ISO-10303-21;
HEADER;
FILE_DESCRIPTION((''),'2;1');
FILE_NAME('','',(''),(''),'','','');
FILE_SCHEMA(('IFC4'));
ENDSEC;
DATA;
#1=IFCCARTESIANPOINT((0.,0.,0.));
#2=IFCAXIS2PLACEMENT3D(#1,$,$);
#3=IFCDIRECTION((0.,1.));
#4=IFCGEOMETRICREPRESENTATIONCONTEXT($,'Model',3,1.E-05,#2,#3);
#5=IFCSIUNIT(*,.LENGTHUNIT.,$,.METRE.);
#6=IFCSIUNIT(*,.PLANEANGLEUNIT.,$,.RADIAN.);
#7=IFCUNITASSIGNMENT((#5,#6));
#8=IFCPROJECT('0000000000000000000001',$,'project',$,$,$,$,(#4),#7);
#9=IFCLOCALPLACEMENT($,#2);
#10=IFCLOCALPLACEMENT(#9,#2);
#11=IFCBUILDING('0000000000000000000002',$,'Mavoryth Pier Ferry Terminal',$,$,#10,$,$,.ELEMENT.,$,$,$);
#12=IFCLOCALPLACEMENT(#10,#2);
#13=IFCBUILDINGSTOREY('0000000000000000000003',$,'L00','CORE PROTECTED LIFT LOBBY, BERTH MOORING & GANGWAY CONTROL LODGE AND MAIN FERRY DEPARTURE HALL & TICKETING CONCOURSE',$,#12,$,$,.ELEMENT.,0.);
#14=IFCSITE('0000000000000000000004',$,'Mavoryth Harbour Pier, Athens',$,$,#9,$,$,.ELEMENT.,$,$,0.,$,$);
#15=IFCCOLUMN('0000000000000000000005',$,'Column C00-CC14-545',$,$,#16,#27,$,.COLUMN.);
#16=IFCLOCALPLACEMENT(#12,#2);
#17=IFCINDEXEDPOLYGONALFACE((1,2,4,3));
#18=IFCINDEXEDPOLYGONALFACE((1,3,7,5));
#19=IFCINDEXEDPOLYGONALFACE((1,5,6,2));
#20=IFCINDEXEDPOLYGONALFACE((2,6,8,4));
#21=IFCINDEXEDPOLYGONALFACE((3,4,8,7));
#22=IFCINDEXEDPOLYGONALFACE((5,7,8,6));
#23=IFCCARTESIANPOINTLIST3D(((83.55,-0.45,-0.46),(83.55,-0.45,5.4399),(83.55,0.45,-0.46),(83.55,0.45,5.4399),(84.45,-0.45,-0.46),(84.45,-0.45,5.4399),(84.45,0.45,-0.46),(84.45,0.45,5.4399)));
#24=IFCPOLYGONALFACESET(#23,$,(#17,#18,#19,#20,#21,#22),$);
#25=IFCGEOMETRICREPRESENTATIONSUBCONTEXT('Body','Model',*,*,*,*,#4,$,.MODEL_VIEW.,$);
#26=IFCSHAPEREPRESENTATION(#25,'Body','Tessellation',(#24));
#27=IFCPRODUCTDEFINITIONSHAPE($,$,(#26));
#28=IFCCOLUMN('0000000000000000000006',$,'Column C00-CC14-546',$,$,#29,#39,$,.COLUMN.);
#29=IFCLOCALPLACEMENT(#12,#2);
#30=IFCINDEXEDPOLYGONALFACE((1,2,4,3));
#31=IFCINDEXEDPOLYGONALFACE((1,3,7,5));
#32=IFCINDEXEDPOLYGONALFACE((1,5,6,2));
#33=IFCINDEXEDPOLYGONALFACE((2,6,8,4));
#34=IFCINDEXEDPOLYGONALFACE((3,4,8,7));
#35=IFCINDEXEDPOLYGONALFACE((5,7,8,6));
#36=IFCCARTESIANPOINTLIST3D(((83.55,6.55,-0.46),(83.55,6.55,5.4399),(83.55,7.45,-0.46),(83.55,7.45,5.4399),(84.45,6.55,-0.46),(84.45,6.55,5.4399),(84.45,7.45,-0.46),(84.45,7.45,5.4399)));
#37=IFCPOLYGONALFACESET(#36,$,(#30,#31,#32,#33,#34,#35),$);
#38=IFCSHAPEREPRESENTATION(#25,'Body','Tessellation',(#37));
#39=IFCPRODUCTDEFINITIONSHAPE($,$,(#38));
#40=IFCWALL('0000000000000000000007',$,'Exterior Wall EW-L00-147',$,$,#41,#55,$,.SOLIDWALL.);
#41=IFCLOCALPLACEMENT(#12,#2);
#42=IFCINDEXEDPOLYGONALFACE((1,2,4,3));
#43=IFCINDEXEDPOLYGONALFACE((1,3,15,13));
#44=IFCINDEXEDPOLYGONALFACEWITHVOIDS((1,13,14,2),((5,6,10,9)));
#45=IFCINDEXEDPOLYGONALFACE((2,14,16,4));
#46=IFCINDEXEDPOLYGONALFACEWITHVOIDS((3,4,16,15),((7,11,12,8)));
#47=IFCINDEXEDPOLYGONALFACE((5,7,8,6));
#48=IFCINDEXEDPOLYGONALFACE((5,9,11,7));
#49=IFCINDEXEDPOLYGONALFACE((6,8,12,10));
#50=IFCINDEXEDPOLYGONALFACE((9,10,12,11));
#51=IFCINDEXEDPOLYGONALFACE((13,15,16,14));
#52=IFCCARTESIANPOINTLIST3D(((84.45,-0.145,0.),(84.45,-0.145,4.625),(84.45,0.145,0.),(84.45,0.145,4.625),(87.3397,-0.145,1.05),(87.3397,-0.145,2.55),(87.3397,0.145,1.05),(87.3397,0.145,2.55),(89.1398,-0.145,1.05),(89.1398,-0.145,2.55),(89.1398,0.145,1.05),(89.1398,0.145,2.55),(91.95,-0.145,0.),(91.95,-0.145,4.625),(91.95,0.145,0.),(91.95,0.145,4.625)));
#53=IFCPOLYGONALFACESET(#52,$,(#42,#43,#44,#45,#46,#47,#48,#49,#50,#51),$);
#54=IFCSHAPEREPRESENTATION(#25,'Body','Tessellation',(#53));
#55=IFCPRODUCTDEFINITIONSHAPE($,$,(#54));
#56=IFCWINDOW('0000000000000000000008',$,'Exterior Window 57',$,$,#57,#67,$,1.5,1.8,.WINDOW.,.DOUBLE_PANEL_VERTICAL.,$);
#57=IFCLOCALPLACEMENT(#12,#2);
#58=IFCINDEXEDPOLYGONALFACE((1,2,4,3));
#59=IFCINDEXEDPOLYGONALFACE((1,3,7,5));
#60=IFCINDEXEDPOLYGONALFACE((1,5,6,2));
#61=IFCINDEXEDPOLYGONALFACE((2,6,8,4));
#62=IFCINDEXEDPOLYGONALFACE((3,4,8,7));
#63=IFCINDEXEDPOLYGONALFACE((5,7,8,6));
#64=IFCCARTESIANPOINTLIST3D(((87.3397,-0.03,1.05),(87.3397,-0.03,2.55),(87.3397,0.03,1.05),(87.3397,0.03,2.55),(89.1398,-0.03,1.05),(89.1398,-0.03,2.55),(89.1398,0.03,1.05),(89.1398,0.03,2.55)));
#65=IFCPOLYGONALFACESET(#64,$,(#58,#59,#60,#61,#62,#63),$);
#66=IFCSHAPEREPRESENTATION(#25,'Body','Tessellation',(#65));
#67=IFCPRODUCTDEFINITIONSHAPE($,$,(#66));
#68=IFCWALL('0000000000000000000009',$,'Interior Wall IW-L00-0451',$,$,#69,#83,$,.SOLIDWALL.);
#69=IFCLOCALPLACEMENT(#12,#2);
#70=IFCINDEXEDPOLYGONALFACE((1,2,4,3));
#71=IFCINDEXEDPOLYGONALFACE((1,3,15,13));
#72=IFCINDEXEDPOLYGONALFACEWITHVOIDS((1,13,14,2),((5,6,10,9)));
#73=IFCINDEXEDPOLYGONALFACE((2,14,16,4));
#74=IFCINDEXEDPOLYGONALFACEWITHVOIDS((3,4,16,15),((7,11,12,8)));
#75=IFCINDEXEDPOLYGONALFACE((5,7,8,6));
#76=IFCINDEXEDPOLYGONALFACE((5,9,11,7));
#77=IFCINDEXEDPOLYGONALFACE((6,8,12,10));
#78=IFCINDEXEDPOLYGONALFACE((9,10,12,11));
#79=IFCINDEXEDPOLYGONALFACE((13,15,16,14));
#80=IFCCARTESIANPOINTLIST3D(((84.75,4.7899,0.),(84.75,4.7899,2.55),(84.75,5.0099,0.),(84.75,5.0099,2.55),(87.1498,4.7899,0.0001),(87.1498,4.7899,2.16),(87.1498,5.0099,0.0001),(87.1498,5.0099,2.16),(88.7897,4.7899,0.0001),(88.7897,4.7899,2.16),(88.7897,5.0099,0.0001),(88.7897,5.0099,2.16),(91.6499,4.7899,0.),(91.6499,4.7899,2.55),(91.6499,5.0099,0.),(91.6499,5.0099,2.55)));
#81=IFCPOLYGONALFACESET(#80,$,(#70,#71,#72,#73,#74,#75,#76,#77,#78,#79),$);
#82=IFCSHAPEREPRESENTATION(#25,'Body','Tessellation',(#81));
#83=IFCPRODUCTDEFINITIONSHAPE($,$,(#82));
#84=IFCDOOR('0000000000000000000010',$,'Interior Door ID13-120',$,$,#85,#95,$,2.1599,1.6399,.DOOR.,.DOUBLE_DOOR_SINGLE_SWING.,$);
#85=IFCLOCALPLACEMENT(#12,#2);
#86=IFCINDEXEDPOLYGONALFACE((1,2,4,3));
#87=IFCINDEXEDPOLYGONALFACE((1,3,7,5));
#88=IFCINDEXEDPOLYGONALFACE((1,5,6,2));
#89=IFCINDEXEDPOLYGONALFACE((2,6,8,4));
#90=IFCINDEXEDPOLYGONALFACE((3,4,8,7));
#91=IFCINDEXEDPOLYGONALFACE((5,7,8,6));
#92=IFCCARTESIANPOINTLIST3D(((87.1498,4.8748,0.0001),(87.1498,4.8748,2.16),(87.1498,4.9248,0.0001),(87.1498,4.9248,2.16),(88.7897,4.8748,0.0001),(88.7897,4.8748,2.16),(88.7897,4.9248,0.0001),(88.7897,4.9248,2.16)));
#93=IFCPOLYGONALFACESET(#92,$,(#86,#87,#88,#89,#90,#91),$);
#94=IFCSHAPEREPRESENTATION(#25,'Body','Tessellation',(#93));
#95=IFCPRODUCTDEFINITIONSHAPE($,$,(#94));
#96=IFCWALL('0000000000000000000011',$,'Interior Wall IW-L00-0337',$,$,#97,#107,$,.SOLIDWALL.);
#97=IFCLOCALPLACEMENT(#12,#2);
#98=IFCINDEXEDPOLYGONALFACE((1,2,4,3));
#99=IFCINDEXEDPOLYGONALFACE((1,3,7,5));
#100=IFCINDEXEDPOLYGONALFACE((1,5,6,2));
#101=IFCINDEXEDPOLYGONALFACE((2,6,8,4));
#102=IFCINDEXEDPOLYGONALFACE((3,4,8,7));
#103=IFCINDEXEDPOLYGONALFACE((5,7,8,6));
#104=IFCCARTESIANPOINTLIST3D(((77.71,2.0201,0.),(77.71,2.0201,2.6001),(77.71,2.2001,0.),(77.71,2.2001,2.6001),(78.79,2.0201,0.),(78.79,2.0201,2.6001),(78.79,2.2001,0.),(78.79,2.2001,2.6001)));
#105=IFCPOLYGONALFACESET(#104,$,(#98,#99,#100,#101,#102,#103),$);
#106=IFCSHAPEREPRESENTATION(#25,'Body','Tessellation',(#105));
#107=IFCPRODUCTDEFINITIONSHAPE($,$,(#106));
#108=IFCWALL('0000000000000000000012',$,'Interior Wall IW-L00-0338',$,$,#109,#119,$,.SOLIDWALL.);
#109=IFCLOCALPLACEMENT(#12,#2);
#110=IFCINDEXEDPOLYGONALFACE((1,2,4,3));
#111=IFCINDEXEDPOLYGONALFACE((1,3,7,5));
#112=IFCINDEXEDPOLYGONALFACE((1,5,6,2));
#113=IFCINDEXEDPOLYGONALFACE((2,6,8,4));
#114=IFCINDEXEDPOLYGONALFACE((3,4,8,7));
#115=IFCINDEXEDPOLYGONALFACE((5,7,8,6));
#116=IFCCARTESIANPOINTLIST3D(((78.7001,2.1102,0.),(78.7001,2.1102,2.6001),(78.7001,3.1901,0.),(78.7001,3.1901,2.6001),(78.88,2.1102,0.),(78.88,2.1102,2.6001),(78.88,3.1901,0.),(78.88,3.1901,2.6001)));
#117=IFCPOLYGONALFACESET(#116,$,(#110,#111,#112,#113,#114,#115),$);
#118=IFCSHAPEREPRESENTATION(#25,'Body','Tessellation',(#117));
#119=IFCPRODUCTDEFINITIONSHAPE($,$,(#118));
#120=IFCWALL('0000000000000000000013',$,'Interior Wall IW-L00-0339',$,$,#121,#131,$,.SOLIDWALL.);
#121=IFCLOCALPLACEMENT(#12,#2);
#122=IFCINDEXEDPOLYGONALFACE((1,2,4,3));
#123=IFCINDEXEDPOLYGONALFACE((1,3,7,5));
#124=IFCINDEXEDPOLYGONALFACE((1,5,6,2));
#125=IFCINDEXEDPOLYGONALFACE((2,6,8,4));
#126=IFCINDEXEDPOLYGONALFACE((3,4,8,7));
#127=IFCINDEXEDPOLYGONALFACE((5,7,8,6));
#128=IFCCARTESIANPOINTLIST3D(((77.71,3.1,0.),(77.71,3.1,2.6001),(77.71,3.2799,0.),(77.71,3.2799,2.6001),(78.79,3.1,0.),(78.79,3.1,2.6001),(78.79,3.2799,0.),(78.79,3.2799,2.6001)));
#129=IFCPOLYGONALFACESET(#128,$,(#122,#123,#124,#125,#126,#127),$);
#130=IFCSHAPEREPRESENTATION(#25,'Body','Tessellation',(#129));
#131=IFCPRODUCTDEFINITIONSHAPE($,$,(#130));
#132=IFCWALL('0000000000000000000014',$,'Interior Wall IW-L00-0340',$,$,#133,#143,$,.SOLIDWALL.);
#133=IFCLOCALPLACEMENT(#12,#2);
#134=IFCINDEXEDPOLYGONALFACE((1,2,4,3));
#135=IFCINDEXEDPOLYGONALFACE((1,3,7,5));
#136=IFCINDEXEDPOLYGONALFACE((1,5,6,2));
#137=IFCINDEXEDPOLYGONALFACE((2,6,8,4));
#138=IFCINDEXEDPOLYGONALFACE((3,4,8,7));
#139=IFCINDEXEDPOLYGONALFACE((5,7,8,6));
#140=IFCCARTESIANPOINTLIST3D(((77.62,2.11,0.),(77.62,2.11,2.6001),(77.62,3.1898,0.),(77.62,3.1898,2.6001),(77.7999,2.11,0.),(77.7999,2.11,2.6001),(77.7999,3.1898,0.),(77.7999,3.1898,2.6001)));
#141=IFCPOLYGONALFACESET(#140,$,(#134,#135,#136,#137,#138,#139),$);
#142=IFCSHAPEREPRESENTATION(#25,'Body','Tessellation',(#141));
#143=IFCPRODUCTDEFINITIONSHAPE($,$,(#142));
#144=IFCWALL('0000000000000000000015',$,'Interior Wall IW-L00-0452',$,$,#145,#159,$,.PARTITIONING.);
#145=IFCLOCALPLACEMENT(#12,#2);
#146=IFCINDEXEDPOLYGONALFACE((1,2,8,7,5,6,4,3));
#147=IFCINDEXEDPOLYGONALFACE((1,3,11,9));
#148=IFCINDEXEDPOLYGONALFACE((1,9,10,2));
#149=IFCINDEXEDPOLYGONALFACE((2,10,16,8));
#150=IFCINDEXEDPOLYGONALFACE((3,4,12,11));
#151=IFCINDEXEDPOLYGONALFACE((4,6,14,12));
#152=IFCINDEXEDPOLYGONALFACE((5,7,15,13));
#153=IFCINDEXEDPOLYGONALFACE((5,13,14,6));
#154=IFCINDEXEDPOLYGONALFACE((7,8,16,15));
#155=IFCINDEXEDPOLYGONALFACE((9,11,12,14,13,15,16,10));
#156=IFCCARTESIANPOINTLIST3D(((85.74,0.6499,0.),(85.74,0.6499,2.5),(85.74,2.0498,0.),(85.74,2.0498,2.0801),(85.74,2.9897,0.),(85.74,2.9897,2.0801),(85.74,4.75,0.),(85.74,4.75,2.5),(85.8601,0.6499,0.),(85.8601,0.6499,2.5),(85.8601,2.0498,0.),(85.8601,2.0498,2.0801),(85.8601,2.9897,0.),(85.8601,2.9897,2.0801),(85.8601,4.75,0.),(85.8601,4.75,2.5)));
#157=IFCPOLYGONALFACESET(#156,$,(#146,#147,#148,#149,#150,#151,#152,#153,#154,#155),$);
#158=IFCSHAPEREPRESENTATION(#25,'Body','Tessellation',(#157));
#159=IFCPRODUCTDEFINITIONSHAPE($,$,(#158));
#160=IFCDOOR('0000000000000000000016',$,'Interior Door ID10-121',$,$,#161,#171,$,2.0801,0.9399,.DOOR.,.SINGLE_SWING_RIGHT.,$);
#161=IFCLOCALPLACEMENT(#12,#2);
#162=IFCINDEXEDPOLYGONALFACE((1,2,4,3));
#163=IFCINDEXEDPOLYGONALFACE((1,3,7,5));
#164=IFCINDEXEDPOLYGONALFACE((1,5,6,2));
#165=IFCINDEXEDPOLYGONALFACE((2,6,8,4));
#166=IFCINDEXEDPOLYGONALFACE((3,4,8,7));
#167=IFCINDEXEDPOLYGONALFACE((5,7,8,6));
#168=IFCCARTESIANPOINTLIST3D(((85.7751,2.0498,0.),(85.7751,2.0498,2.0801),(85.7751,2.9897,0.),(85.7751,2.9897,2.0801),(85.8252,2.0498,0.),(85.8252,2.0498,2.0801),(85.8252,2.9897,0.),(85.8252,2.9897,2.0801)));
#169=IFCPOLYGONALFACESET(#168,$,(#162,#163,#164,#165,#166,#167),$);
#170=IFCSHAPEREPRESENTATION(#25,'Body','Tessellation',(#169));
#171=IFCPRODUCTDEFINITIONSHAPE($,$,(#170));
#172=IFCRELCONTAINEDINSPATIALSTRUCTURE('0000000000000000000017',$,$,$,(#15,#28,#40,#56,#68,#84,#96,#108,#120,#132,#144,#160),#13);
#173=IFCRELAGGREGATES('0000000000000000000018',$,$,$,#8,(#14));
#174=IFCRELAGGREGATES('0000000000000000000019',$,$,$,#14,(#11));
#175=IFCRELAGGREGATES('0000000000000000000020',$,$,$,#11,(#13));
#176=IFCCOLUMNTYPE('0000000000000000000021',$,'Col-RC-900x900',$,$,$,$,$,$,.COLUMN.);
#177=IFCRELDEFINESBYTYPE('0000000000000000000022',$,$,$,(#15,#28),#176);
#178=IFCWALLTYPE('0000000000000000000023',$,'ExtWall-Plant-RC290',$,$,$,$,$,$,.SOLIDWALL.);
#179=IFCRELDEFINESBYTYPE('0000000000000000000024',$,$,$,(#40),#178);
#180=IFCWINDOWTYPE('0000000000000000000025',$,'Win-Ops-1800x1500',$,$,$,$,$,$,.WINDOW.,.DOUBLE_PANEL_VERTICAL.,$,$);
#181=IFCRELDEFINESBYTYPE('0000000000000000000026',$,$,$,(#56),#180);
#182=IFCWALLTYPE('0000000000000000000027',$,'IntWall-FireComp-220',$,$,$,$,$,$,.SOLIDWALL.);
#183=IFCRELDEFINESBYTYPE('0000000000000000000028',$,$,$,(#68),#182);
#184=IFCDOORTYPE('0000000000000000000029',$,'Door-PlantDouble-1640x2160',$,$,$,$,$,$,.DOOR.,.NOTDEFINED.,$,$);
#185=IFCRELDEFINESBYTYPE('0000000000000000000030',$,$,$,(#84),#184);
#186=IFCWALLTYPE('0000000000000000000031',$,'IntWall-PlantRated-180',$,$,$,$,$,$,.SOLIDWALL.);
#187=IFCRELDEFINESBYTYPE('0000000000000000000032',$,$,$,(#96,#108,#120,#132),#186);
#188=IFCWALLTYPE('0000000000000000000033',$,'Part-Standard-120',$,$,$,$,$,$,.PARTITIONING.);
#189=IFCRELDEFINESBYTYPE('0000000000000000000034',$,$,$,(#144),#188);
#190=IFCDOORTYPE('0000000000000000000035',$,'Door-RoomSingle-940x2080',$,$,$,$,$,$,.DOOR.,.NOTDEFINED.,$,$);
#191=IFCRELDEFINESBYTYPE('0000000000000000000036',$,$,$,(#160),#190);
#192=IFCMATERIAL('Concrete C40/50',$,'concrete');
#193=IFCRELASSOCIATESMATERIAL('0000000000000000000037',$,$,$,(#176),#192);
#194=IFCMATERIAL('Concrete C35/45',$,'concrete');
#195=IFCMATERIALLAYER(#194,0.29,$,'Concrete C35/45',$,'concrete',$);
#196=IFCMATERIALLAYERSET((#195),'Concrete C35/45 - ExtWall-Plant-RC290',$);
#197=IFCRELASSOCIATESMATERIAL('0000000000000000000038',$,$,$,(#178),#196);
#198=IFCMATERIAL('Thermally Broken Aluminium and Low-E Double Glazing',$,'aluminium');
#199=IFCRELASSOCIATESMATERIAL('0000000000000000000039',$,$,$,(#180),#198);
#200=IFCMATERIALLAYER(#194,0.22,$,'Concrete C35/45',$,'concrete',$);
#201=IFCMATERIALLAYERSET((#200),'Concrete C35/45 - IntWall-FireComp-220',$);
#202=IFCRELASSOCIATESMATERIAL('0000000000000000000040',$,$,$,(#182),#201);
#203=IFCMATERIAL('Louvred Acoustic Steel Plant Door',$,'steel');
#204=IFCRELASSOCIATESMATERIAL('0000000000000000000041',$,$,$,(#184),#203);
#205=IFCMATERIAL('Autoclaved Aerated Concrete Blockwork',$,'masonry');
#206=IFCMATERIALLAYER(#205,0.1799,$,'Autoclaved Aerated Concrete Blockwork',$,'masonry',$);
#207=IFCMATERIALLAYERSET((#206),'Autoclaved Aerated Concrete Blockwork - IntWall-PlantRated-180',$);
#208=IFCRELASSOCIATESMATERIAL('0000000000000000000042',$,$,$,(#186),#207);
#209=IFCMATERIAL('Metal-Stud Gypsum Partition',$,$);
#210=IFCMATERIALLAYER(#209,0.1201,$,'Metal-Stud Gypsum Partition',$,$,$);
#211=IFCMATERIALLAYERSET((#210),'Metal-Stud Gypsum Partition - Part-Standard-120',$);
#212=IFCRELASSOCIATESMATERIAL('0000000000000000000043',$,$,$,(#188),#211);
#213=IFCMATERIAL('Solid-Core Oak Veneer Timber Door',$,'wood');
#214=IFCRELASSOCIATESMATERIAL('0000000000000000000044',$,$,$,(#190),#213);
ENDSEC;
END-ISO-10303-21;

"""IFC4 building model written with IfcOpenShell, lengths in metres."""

from ifc_helpers import new_model, si_unit, direction, frame, frame_2d, origin, origin_2d, place, context, subcontext, project, spatial, rectangle, extrude, material, layer, layer_set, material_profile, profile_set, type_object, element, fill, save


model = new_model("IFC4")

# Units and contexts
model_context = context("Model", 3, precision=1e-05, world=origin(), true_north=direction((0.0, 1.0)))
body_context = subcontext(model_context, "Body", "Model", "MODEL_VIEW")
ifc_project = project(units=[si_unit("LENGTHUNIT", "METRE"), si_unit("PLANEANGLEUNIT", "RADIAN")], contexts=[model_context])

# Site, building, storey
site_placement = place(None, origin())
site = spatial("IfcSite", under=ifc_project, at=site_placement, Name="Mavoryth Harbour Pier, Athens", CompositionType="ELEMENT", RefElevation=0.0)
building_placement = place(site_placement, origin())
building = spatial("IfcBuilding", under=site, at=building_placement, Name="Mavoryth Pier Ferry Terminal", CompositionType="ELEMENT")
storey_placement = place(building_placement, origin())
storey = spatial("IfcBuildingStorey", under=building, at=storey_placement, Name="L00", Description="CORE PROTECTED LIFT LOBBY, BERTH MOORING & GANGWAY CONTROL LODGE AND MAIN FERRY DEPARTURE HALL & TICKETING CONCOURSE", CompositionType="ELEMENT", Elevation=0.0)

# Shared definitions
ifc_material_1 = material(Name="Concrete C35/45", Category="concrete")

# Columns
ifc_material_2 = material(Name="Concrete C40/50", Category="concrete")
ifc_material_profile_1 = material_profile(ifc_material_2, rectangle(XDim=0.8999, YDim=0.8999, at=origin_2d()), Name="RC 900x900", Category="concrete")
ifc_profile_set_1 = profile_set([ifc_material_profile_1], Name="Concrete C40/50 - RC 900x900")
column_type = type_object("IfcColumnType", Name="Col-RC-900x900", PredefinedType="COLUMN", material=ifc_profile_set_1)
for number, where, z_axis, x_axis, name in (
    (1, (84.0, 0.0, -0.46), (0.0, 0.0, 1.0), (1.0, 0.0, 0.0), "Column C00-CC14-545"),
    (2, (84.0, 7.0, -0.46), (0.0, 0.0, 1.0), (1.0, 0.0, 0.0), "Column C00-CC14-546"),
):
    element("IfcColumn", number, at=place(storey_placement, frame(where, z_axis=z_axis, x_axis=x_axis)), inside=storey, type_object=column_type, Name=name, PredefinedType="COLUMN", context=body_context, shape_type="SweptSolid", body=[
        extrude(rectangle(XDim=0.8999, YDim=0.8999, at=origin_2d()), origin(), (0.0, 0.0, 1.0), 5.8999),
    ])

# Wall, opening, window
ifc_layer_1 = layer(ifc_material_1, 0.29, Name="Concrete C35/45", Category="concrete")
ifc_layer_set_1 = layer_set([ifc_layer_1], Name="Concrete C35/45 - ExtWall-Plant-RC290")
wall_type_1 = type_object("IfcWallType", Name="ExtWall-Plant-RC290", PredefinedType="SOLIDWALL", material=ifc_layer_set_1)
wall_1_placement = place(storey_placement, frame((84.45, 0.0, 0.0), z_axis=(0.0, 0.0, 1.0), x_axis=(1.0, 0.0, 0.0)))
wall_1 = element("IfcWall", 3, at=wall_1_placement, inside=storey, type_object=wall_type_1, Name="Exterior Wall EW-L00-147", PredefinedType="SOLIDWALL", context=body_context, shape_type="SweptSolid", body=[
    extrude(rectangle(XDim=7.5, YDim=0.29, at=frame_2d((3.75, 0.0))), origin(), (0.0, 0.0, 1.0), 4.625),
])
opening_1_placement = place(wall_1_placement, frame((2.8899, 0.0, 1.05)))
opening_1 = element("IfcOpeningElement", 4, at=opening_1_placement, cuts=wall_1, PredefinedType="OPENING", context=body_context, shape_type="SweptSolid", body=[
    extrude(rectangle(XDim=1.8, YDim=1.5, at=frame_2d((0.8999, 0.75))), frame((0.0, 0.155, 0.0), z_axis=(0.0, -1.0, 0.0), x_axis=(1.0, 0.0, 0.0)), (0.0, 0.0, 1.0), 0.3101),
])
ifc_material_3 = material(Name="Thermally Broken Aluminium and Low-E Double Glazing", Category="aluminium")
window_type = type_object("IfcWindowType", Name="Win-Ops-1800x1500", PartitioningType="DOUBLE_PANEL_VERTICAL", PredefinedType="WINDOW", material=ifc_material_3)
window_placement = place(opening_1_placement, origin())
window = element("IfcWindow", 5, at=window_placement, inside=storey, type_object=window_type, Name="Exterior Window 57", OverallHeight=1.5, OverallWidth=1.8, PartitioningType="DOUBLE_PANEL_VERTICAL", PredefinedType="WINDOW", context=body_context, shape_type="SweptSolid", body=[
    extrude(rectangle(XDim=1.8, YDim=1.5, at=frame_2d((0.8999, 0.75))), frame((0.0, 0.03, 0.0), z_axis=(0.0, -1.0, 0.0), x_axis=(1.0, 0.0, 0.0)), (0.0, 0.0, 1.0), 0.0601),
])
fill(opening_1, window)

# Wall, opening, door
ifc_layer_2 = layer(ifc_material_1, 0.22, Name="Concrete C35/45", Category="concrete")
ifc_layer_set_2 = layer_set([ifc_layer_2], Name="Concrete C35/45 - IntWall-FireComp-220")
wall_type_2 = type_object("IfcWallType", Name="IntWall-FireComp-220", PredefinedType="SOLIDWALL", material=ifc_layer_set_2)
wall_2_placement = place(storey_placement, frame((84.75, 4.8999, 0.0), z_axis=(0.0, 0.0, 1.0), x_axis=(1.0, 0.0, 0.0)))
wall_2 = element("IfcWall", 6, at=wall_2_placement, inside=storey, type_object=wall_type_2, Name="Interior Wall IW-L00-0451", PredefinedType="SOLIDWALL", context=body_context, shape_type="SweptSolid", body=[
    extrude(rectangle(XDim=6.8999, YDim=0.22, at=frame_2d((3.45, 0.0))), origin(), (0.0, 0.0, 1.0), 2.55),
])
opening_2_placement = place(wall_2_placement, frame((2.3999, 0.0, 0.0)))
opening_2 = element("IfcOpeningElement", 7, at=opening_2_placement, cuts=wall_2, PredefinedType="OPENING", context=body_context, shape_type="SweptSolid", body=[
    extrude(rectangle(XDim=1.6399, YDim=2.1599, at=frame_2d((0.8198, 1.0801))), frame((0.0, 0.1199, 0.0), z_axis=(0.0, -1.0, 0.0), x_axis=(1.0, 0.0, 0.0)), (0.0, 0.0, 1.0), 0.24),
])
ifc_material_4 = material(Name="Louvred Acoustic Steel Plant Door", Category="steel")
door_type_1 = type_object("IfcDoorType", Name="Door-PlantDouble-1640x2160", OperationType="NOTDEFINED", PredefinedType="DOOR", material=ifc_material_4)
door_1_placement = place(opening_2_placement, origin())
door_1 = element("IfcDoor", 8, at=door_1_placement, inside=storey, type_object=door_type_1, Name="Interior Door ID13-120", OperationType="DOUBLE_DOOR_SINGLE_SWING", OverallHeight=2.1599, OverallWidth=1.6399, PredefinedType="DOOR", context=body_context, shape_type="SweptSolid", body=[
    extrude(rectangle(XDim=1.6399, YDim=2.1599, at=frame_2d((0.8198, 1.0801))), frame((0.0, 0.0249, 0.0), z_axis=(0.0, -1.0, 0.0), x_axis=(1.0, 0.0, 0.0)), (0.0, 0.0, 1.0), 0.05),
])
fill(opening_2, door_1)

# Walls
ifc_material_5 = material(Name="Autoclaved Aerated Concrete Blockwork", Category="masonry")
ifc_layer_3 = layer(ifc_material_5, 0.1799, Name="Autoclaved Aerated Concrete Blockwork", Category="masonry")
ifc_layer_set_3 = layer_set([ifc_layer_3], Name="Autoclaved Aerated Concrete Blockwork - IntWall-PlantRated-180")
wall_type_3 = type_object("IfcWallType", Name="IntWall-PlantRated-180", PredefinedType="SOLIDWALL", material=ifc_layer_set_3)
wall_3_placement = place(storey_placement, frame((77.71, 2.1101, 0.0), z_axis=(0.0, 0.0, 1.0), x_axis=(1.0, 0.0, 0.0)))
element("IfcWall", 9, at=wall_3_placement, inside=storey, type_object=wall_type_3, Name="Interior Wall IW-L00-0337", PredefinedType="SOLIDWALL", context=body_context, shape_type="SweptSolid", body=[
    extrude(rectangle(XDim=1.0801, YDim=0.1799, at=frame_2d((0.54, 0.0))), origin(), (0.0, 0.0, 1.0), 2.6001),
])
wall_4_placement = place(storey_placement, frame((78.79, 2.1101, 0.0), z_axis=(0.0, 0.0, 1.0), x_axis=(0.0, 1.0, 0.0)))
element("IfcWall", 10, at=wall_4_placement, inside=storey, type_object=wall_type_3, Name="Interior Wall IW-L00-0338", PredefinedType="SOLIDWALL", context=body_context, shape_type="SweptSolid", body=[
    extrude(rectangle(XDim=1.0798, YDim=0.1799, at=frame_2d((0.54, 0.0))), origin(), (0.0, 0.0, 1.0), 2.6001),
])
wall_5_placement = place(storey_placement, frame((78.79, 3.1899, 0.0), z_axis=(0.0, 0.0, 1.0), x_axis=(-1.0, 0.0, 0.0)))
element("IfcWall", 11, at=wall_5_placement, inside=storey, type_object=wall_type_3, Name="Interior Wall IW-L00-0339", PredefinedType="SOLIDWALL", context=body_context, shape_type="SweptSolid", body=[
    extrude(rectangle(XDim=1.0801, YDim=0.1799, at=frame_2d((0.54, 0.0))), origin(), (0.0, 0.0, 1.0), 2.6001),
])
wall_6_placement = place(storey_placement, frame((77.71, 3.1899, 0.0), z_axis=(0.0, 0.0, 1.0), x_axis=(0.0, -1.0, 0.0)))
element("IfcWall", 12, at=wall_6_placement, inside=storey, type_object=wall_type_3, Name="Interior Wall IW-L00-0340", PredefinedType="SOLIDWALL", context=body_context, shape_type="SweptSolid", body=[
    extrude(rectangle(XDim=1.0798, YDim=0.1799, at=frame_2d((0.54, 0.0))), origin(), (0.0, 0.0, 1.0), 2.6001),
])

# Wall, opening, door
ifc_material_6 = material(Name="Metal-Stud Gypsum Partition")
ifc_layer_4 = layer(ifc_material_6, 0.1201, Name="Metal-Stud Gypsum Partition")
ifc_layer_set_4 = layer_set([ifc_layer_4], Name="Metal-Stud Gypsum Partition - Part-Standard-120")
wall_type_4 = type_object("IfcWallType", Name="Part-Standard-120", PredefinedType="PARTITIONING", material=ifc_layer_set_4)
wall_7_placement = place(storey_placement, frame((85.8, 0.6499, 0.0), z_axis=(0.0, 0.0, 1.0), x_axis=(0.0, 1.0, 0.0)))
wall_7 = element("IfcWall", 13, at=wall_7_placement, inside=storey, type_object=wall_type_4, Name="Interior Wall IW-L00-0452", PredefinedType="PARTITIONING", context=body_context, shape_type="SweptSolid", body=[
    extrude(rectangle(XDim=4.1001, YDim=0.1201, at=frame_2d((2.05, 0.0))), origin(), (0.0, 0.0, 1.0), 2.5),
])
opening_3_placement = place(wall_7_placement, frame((1.3999, 0.0, 0.0)))
opening_3 = element("IfcOpeningElement", 14, at=opening_3_placement, cuts=wall_7, PredefinedType="OPENING", context=body_context, shape_type="SweptSolid", body=[
    extrude(rectangle(XDim=0.9399, YDim=2.0801, at=frame_2d((0.47, 1.04))), frame((0.0, 0.0701, 0.0), z_axis=(0.0, -1.0, 0.0), x_axis=(1.0, 0.0, 0.0)), (0.0, 0.0, 1.0), 0.1401),
])
ifc_material_7 = material(Name="Solid-Core Oak Veneer Timber Door", Category="wood")
door_type_2 = type_object("IfcDoorType", Name="Door-RoomSingle-940x2080", OperationType="NOTDEFINED", PredefinedType="DOOR", material=ifc_material_7)
door_2_placement = place(opening_3_placement, origin())
door_2 = element("IfcDoor", 15, at=door_2_placement, inside=storey, type_object=door_type_2, Name="Interior Door ID10-121", OperationType="SINGLE_SWING_RIGHT", OverallHeight=2.0801, OverallWidth=0.9399, PredefinedType="DOOR", context=body_context, shape_type="SweptSolid", body=[
    extrude(rectangle(XDim=0.9399, YDim=2.0801, at=frame_2d((0.47, 1.04))), frame((0.0, 0.0249, 0.0), z_axis=(0.0, -1.0, 0.0), x_axis=(1.0, 0.0, 0.0)), (0.0, 0.0, 1.0), 0.05),
])
fill(opening_3, door_2)

save(model, "model.ifc")
